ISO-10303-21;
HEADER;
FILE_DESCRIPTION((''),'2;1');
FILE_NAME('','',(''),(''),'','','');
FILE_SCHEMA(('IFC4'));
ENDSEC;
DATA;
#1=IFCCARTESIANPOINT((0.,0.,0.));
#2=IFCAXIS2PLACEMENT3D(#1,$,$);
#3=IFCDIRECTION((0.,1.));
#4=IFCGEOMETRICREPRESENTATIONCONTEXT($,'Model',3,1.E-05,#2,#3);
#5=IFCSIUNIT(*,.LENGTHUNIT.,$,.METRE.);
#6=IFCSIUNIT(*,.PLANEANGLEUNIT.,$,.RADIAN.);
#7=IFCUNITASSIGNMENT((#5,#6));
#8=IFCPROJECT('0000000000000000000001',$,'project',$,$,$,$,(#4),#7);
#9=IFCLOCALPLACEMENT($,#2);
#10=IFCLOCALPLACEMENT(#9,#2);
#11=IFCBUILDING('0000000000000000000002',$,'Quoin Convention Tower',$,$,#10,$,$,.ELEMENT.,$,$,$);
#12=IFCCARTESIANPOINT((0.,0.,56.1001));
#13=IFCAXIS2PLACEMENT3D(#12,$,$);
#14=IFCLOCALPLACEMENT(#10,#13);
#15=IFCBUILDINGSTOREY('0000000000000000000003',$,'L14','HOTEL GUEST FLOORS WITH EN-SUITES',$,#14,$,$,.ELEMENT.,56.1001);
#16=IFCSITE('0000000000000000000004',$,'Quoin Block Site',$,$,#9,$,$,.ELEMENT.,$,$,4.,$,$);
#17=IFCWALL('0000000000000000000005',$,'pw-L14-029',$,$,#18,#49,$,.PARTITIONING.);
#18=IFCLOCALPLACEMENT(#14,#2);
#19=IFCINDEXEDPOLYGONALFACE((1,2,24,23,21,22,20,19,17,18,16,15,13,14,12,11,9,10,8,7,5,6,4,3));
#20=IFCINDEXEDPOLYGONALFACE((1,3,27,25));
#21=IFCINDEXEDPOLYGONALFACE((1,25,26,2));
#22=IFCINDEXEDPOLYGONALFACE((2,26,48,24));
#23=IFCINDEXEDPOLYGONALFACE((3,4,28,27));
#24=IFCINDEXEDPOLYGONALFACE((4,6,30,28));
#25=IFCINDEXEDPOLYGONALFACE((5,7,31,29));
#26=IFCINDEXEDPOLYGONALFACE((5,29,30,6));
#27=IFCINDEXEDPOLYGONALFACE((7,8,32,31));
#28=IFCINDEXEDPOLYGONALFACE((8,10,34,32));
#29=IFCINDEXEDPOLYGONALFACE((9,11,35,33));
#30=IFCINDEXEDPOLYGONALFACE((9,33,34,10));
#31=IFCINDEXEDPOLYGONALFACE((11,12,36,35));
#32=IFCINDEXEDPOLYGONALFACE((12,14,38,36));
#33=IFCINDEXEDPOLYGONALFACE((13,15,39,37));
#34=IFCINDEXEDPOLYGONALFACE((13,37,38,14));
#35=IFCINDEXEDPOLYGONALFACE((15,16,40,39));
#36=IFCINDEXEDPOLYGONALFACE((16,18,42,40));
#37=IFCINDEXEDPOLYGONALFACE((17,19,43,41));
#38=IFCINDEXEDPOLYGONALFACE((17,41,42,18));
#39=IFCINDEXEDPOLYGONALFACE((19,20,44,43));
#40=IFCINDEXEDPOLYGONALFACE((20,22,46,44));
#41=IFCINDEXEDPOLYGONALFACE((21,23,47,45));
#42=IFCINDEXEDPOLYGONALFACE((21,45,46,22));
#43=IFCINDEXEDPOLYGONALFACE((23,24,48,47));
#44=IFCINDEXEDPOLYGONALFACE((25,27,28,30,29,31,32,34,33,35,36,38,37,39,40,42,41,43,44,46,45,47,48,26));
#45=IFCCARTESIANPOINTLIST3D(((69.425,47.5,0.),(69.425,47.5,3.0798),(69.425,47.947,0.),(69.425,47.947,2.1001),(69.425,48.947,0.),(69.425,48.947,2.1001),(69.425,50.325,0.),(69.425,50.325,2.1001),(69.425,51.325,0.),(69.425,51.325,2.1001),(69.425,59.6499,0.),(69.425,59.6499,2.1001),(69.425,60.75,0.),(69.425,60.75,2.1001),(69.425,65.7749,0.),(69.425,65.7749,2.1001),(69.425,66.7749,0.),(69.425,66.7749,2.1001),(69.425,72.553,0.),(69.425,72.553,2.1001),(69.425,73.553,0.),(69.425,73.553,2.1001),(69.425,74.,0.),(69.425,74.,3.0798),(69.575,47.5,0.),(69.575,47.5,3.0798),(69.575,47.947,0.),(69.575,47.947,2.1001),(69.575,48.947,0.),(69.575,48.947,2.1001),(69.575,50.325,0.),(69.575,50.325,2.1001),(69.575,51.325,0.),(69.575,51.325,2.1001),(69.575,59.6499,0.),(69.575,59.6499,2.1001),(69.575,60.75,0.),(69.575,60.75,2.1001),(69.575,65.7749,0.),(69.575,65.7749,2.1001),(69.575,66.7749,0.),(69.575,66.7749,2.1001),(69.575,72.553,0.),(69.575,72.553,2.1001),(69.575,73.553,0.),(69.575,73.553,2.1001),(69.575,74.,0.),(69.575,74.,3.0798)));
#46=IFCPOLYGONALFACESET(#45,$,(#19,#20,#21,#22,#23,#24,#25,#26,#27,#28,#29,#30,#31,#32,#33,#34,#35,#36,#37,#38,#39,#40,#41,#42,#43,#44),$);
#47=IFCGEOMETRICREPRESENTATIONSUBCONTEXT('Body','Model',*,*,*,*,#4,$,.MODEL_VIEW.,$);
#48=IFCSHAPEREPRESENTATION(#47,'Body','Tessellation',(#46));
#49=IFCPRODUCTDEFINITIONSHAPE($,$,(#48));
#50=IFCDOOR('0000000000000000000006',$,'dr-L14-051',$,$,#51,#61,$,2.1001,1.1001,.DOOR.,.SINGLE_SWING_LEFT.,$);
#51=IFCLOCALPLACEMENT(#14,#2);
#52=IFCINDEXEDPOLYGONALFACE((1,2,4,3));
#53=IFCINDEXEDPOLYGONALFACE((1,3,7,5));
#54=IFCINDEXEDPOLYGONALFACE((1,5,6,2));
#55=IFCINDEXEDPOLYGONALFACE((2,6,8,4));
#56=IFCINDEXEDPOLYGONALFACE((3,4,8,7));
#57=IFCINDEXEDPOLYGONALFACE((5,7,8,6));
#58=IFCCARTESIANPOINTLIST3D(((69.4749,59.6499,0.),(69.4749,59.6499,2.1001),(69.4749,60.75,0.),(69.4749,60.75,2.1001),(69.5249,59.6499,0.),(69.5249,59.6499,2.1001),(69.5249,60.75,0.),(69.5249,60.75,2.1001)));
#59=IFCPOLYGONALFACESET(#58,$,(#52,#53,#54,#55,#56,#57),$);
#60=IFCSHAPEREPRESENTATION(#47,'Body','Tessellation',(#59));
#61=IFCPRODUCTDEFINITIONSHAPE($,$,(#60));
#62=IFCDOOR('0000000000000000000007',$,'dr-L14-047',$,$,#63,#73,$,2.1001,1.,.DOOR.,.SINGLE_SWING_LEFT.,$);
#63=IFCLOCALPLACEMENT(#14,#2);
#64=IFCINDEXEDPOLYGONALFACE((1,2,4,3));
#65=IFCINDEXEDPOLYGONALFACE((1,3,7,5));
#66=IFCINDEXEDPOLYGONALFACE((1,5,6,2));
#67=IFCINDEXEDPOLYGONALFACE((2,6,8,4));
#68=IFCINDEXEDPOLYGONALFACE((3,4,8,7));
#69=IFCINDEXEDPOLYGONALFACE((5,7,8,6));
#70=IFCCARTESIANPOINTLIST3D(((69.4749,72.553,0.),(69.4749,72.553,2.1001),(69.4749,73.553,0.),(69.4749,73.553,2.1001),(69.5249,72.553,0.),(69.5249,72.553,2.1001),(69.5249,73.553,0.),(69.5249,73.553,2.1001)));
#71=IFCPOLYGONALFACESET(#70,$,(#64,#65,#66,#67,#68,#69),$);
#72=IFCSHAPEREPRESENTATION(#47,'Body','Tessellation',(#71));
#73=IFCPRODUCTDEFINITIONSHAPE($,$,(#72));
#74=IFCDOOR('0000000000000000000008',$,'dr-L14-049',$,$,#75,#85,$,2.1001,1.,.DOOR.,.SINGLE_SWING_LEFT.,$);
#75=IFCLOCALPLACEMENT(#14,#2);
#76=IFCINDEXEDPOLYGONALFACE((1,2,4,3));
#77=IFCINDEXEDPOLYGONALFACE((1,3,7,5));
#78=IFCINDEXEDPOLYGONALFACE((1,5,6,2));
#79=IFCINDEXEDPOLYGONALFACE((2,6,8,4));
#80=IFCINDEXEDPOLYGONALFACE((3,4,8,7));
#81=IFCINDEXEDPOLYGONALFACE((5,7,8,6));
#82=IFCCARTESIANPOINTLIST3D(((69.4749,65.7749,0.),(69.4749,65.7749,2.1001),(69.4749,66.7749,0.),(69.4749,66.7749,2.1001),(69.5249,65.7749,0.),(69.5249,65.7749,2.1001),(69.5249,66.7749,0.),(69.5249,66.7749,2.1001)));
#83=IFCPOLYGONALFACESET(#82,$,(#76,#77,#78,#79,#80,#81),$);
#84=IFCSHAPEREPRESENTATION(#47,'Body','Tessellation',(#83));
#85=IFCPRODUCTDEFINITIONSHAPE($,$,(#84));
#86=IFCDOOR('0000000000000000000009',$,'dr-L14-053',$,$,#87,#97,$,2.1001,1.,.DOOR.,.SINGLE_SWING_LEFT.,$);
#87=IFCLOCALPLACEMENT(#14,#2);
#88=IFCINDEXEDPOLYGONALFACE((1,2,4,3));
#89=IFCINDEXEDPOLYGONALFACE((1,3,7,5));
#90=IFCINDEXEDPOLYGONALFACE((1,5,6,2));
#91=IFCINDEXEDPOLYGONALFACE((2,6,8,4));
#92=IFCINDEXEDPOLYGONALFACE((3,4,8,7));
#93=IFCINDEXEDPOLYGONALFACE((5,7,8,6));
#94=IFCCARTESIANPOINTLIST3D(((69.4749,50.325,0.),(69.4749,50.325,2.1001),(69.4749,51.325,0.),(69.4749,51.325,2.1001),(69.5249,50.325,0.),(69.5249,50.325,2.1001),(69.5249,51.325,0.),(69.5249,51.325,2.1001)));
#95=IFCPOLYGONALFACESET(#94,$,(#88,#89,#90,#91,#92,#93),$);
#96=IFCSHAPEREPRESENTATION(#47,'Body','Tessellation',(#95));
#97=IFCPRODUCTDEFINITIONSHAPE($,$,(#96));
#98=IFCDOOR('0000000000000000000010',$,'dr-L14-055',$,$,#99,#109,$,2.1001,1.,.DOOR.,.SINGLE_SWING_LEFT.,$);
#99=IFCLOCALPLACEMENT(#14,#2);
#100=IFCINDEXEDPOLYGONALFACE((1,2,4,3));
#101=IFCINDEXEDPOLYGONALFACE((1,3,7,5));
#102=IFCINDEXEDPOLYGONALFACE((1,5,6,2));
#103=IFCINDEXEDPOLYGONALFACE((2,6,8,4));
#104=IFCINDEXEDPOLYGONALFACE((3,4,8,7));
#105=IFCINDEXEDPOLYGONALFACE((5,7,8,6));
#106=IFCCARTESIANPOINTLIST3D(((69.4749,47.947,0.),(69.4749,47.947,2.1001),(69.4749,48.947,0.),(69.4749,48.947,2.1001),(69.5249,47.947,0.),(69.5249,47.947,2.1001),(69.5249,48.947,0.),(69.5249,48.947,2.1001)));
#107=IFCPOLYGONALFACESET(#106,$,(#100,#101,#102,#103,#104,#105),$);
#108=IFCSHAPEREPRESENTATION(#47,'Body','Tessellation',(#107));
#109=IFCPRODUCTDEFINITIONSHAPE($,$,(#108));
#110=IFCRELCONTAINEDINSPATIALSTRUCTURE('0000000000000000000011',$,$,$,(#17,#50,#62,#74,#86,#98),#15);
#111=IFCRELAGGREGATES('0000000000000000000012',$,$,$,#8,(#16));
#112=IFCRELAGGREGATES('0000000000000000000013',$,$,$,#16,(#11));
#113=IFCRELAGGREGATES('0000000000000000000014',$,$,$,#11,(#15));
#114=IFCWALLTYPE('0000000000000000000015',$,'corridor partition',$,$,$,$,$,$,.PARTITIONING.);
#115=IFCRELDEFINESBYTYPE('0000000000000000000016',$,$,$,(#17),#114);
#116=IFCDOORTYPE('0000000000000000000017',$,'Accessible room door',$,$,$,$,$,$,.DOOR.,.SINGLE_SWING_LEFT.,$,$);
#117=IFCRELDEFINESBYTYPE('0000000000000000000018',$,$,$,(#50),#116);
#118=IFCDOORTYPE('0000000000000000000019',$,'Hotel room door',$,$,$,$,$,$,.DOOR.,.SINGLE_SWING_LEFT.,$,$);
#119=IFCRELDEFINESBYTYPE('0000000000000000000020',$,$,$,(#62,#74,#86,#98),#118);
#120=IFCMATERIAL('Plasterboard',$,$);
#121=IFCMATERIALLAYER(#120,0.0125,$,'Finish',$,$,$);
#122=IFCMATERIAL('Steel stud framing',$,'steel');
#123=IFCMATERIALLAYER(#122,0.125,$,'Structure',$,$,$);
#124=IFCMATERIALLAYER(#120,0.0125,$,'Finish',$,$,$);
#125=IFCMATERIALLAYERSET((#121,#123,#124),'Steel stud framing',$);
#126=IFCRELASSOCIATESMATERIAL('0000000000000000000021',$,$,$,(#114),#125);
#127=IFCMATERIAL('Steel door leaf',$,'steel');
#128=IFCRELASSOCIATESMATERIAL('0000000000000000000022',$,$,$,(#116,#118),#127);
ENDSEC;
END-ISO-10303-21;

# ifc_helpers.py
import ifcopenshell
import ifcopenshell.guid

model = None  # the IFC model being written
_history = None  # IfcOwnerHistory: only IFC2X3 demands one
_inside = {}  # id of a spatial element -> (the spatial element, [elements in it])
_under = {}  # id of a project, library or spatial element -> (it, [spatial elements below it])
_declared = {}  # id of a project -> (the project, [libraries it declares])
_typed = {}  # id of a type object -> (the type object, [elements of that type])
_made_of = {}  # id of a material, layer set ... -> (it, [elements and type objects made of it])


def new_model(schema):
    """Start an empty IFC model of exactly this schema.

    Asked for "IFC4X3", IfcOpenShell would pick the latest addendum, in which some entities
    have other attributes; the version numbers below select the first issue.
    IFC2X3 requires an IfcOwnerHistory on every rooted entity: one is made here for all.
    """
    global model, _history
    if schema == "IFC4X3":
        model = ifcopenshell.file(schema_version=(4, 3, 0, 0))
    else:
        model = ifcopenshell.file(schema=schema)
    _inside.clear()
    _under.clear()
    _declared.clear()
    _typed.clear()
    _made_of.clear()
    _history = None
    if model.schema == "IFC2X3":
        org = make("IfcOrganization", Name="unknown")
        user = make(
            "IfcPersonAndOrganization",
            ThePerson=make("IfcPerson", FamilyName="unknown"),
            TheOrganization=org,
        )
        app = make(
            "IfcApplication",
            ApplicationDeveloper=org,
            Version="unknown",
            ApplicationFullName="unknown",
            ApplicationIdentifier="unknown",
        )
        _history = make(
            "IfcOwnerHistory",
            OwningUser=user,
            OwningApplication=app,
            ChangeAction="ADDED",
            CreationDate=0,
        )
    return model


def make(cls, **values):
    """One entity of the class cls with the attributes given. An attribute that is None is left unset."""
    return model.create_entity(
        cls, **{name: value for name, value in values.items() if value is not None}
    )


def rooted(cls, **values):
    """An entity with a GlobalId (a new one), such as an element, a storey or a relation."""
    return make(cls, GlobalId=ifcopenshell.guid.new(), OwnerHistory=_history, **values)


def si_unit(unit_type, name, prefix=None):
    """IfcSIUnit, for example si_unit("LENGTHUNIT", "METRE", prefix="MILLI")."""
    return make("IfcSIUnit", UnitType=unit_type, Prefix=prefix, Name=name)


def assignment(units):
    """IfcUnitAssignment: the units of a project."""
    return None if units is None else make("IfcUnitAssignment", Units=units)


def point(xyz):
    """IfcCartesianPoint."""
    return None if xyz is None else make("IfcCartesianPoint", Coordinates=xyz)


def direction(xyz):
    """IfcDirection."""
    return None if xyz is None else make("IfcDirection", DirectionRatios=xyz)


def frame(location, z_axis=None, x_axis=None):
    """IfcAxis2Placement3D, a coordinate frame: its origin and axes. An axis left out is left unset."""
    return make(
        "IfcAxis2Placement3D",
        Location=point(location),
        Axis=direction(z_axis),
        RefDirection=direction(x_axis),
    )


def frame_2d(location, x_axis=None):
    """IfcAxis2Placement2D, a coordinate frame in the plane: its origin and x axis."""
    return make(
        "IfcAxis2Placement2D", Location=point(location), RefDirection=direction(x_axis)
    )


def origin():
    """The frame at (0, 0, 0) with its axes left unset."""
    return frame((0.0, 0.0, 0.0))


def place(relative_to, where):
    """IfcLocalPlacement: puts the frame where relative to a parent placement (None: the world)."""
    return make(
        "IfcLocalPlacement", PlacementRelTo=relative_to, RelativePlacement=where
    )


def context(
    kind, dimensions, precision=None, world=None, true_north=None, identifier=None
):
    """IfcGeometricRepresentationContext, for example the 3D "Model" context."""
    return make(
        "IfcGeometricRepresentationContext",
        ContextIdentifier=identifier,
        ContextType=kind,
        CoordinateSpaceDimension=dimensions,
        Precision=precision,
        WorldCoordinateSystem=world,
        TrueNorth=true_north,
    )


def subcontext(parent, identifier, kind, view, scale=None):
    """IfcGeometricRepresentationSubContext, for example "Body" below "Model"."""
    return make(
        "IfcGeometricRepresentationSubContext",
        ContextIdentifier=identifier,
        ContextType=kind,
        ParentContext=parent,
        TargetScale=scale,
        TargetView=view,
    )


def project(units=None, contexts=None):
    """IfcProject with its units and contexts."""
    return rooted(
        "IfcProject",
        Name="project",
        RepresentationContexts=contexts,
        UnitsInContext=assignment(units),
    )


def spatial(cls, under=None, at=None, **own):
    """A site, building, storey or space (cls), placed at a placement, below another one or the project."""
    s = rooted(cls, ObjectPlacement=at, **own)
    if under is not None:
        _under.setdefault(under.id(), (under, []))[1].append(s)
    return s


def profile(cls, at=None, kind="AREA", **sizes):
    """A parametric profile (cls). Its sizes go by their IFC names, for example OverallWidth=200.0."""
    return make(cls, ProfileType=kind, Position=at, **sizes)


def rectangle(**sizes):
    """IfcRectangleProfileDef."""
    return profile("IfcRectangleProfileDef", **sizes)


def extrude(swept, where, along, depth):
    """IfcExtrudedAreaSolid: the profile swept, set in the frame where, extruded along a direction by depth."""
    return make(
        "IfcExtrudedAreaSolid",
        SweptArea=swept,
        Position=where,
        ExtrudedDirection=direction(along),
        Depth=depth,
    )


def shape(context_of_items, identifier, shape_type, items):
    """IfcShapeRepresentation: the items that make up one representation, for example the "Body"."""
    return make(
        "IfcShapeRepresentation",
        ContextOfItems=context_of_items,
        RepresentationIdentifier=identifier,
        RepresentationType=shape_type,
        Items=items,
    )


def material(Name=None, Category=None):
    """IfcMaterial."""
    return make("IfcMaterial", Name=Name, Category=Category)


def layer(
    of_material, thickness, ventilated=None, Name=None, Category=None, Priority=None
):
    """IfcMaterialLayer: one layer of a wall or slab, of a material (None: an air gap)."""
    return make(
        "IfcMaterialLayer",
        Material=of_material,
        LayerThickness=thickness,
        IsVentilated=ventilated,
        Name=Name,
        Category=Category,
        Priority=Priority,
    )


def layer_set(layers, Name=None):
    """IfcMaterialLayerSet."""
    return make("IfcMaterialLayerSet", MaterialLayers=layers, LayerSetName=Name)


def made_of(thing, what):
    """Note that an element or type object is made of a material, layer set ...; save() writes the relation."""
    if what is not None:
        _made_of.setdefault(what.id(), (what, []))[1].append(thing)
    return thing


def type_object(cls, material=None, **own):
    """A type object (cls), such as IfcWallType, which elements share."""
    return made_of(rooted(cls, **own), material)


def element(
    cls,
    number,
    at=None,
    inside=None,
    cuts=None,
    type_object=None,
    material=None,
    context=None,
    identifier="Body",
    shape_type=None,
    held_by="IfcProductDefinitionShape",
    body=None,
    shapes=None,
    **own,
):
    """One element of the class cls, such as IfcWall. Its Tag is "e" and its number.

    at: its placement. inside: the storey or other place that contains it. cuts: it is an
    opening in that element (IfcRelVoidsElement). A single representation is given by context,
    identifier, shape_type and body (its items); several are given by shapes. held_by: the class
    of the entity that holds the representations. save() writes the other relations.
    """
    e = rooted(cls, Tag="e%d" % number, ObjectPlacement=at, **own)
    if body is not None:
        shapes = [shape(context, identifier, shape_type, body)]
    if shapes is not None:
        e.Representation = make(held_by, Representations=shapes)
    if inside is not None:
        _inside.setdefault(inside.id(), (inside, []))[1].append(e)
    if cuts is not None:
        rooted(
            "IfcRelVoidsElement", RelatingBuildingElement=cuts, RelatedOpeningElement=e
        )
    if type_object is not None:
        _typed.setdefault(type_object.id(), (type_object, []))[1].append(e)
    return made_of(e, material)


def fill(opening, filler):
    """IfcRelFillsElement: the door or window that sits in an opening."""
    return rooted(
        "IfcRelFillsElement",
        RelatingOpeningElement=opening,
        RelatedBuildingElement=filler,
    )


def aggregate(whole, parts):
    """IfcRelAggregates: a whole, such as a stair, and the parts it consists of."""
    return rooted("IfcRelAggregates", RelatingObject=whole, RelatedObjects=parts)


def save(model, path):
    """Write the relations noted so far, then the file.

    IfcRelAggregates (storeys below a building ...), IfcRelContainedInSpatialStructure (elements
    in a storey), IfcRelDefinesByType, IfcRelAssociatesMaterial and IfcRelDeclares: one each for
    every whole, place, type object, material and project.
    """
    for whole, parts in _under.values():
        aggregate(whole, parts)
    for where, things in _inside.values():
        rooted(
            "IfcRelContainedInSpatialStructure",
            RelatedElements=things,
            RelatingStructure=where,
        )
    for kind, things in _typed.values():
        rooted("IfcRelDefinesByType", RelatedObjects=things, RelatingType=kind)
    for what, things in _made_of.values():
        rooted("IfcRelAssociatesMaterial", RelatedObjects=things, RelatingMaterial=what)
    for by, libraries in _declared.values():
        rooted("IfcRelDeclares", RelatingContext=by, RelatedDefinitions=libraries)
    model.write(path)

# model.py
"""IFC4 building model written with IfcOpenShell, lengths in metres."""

from ifc_helpers import new_model, si_unit, direction, frame, frame_2d, origin, place, context, subcontext, project, spatial, rectangle, extrude, material, layer, layer_set, type_object, element, fill, save


model = new_model("IFC4")

# Units and contexts
model_context = context("Model", 3, precision=1e-05, world=origin(), true_north=direction((0.0, 1.0)))
body_context = subcontext(model_context, "Body", "Model", "MODEL_VIEW")
ifc_project = project(units=[si_unit("LENGTHUNIT", "METRE"), si_unit("PLANEANGLEUNIT", "RADIAN")], contexts=[model_context])

# Site, building, storey
site_placement = place(None, origin())
site = spatial("IfcSite", under=ifc_project, at=site_placement, Name="Quoin Block Site", CompositionType="ELEMENT", RefElevation=4.0)
building_placement = place(site_placement, origin())
building = spatial("IfcBuilding", under=site, at=building_placement, Name="Quoin Convention Tower", CompositionType="ELEMENT")
storey_placement = place(building_placement, frame((0.0, 0.0, 56.1001)))
storey = spatial("IfcBuildingStorey", under=building, at=storey_placement, Name="L14", Description="HOTEL GUEST FLOORS WITH EN-SUITES", CompositionType="ELEMENT", Elevation=56.1001)

# Shared definitions
ifc_material_1 = material(Name="Plasterboard")
ifc_material_2 = material(Name="Steel stud framing", Category="steel")

# Shared definitions
ifc_material_3 = material(Name="Steel door leaf", Category="steel")

# Wall, openings, doors
ifc_layer_1 = layer(ifc_material_1, 0.0125, Name="Finish")
ifc_layer_2 = layer(ifc_material_2, 0.125, Name="Structure")
ifc_layer_3 = layer(ifc_material_1, 0.0125, Name="Finish")
ifc_layer_set_1 = layer_set([ifc_layer_1, ifc_layer_2, ifc_layer_3], Name="Steel stud framing")
wall_type_1 = type_object("IfcWallType", Name="corridor partition", PredefinedType="PARTITIONING", material=ifc_layer_set_1)
wall_1_placement = place(storey_placement, frame((69.5, 47.5, 0.0), z_axis=(0.0, 0.0, 1.0), x_axis=(0.0, 1.0, 0.0)))
wall_1 = element("IfcWall", 1, at=wall_1_placement, inside=storey, type_object=wall_type_1, Name="pw-L14-029", PredefinedType="PARTITIONING", context=body_context, shape_type="SweptSolid", body=[
    extrude(rectangle(XDim=26.5, YDim=0.1499, at=frame_2d((13.25, 0.0))), origin(), (0.0, 0.0, 1.0), 3.0798),
])
opening_1_placement = place(wall_1_placement, frame((25.053, 0.0, 0.0)))
opening_1 = element("IfcOpeningElement", 2, at=opening_1_placement, cuts=wall_1, PredefinedType="OPENING", context=body_context, shape_type="SweptSolid", body=[
    extrude(rectangle(XDim=1.0, YDim=2.1001, at=frame_2d((0.5, 1.05))), frame((0.0, 0.085, 0.0), z_axis=(0.0, -1.0, 0.0), x_axis=(1.0, 0.0, 0.0)), (0.0, 0.0, 1.0), 0.1699),
])
opening_2_placement = place(wall_1_placement, frame((18.2749, 0.0, 0.0)))
opening_2 = element("IfcOpeningElement", 3, at=opening_2_placement, cuts=wall_1, PredefinedType="OPENING", context=body_context, shape_type="SweptSolid", body=[
    extrude(rectangle(XDim=1.0, YDim=2.1001, at=frame_2d((0.5, 1.05))), frame((0.0, 0.085, 0.0), z_axis=(0.0, -1.0, 0.0), x_axis=(1.0, 0.0, 0.0)), (0.0, 0.0, 1.0), 0.1699),
])
opening_3_placement = place(wall_1_placement, frame((12.1499, 0.0, 0.0)))
opening_3 = element("IfcOpeningElement", 4, at=opening_3_placement, cuts=wall_1, PredefinedType="OPENING", context=body_context, shape_type="SweptSolid", body=[
    extrude(rectangle(XDim=1.1001, YDim=2.1001, at=frame_2d((0.55, 1.05))), frame((0.0, 0.085, 0.0), z_axis=(0.0, -1.0, 0.0), x_axis=(1.0, 0.0, 0.0)), (0.0, 0.0, 1.0), 0.1699),
])
opening_4_placement = place(wall_1_placement, frame((2.825, 0.0, 0.0)))
opening_4 = element("IfcOpeningElement", 5, at=opening_4_placement, cuts=wall_1, PredefinedType="OPENING", context=body_context, shape_type="SweptSolid", body=[
    extrude(rectangle(XDim=1.0, YDim=2.1001, at=frame_2d((0.5, 1.05))), frame((0.0, 0.085, 0.0), z_axis=(0.0, -1.0, 0.0), x_axis=(1.0, 0.0, 0.0)), (0.0, 0.0, 1.0), 0.1699),
])
opening_5_placement = place(wall_1_placement, frame((0.447, 0.0, 0.0)))
opening_5 = element("IfcOpeningElement", 6, at=opening_5_placement, cuts=wall_1, PredefinedType="OPENING", context=body_context, shape_type="SweptSolid", body=[
    extrude(rectangle(XDim=1.0, YDim=2.1001, at=frame_2d((0.5, 1.05))), frame((0.0, 0.085, 0.0), z_axis=(0.0, -1.0, 0.0), x_axis=(1.0, 0.0, 0.0)), (0.0, 0.0, 1.0), 0.1699),
])
door_type_1 = type_object("IfcDoorType", Name="Accessible room door", OperationType="SINGLE_SWING_LEFT", PredefinedType="DOOR", material=ifc_material_3)
door_1_placement = place(opening_3_placement, frame((1.1001, 0.0, 0.0), z_axis=(0.0, 0.0, 1.0), x_axis=(-1.0, 0.0, 0.0)))
door_1 = element("IfcDoor", 7, at=door_1_placement, inside=storey, type_object=door_type_1, Name="dr-L14-051", OperationType="SINGLE_SWING_LEFT", OverallHeight=2.1001, OverallWidth=1.1001, PredefinedType="DOOR", context=body_context, shape_type="SweptSolid", body=[
    extrude(rectangle(XDim=1.1001, YDim=2.1001, at=frame_2d((0.55, 1.05))), frame((0.0, 0.0249, 0.0), z_axis=(0.0, -1.0, 0.0), x_axis=(1.0, 0.0, 0.0)), (0.0, 0.0, 1.0), 0.05),
])
fill(opening_3, door_1)
door_type_2 = type_object("IfcDoorType", Name="Hotel room door", OperationType="SINGLE_SWING_LEFT", PredefinedType="DOOR", material=ifc_material_3)
door_2_placement = place(opening_1_placement, frame((1.0, 0.0, 0.0), z_axis=(0.0, 0.0, 1.0), x_axis=(-1.0, 0.0, 0.0)))
door_2 = element("IfcDoor", 8, at=door_2_placement, inside=storey, type_object=door_type_2, Name="dr-L14-047", OperationType="SINGLE_SWING_LEFT", OverallHeight=2.1001, OverallWidth=1.0, PredefinedType="DOOR", context=body_context, shape_type="SweptSolid", body=[
    extrude(rectangle(XDim=1.0, YDim=2.1001, at=frame_2d((0.5, 1.05))), frame((0.0, 0.0249, 0.0), z_axis=(0.0, -1.0, 0.0), x_axis=(1.0, 0.0, 0.0)), (0.0, 0.0, 1.0), 0.05),
])
fill(opening_1, door_2)
door_3_placement = place(opening_2_placement, frame((1.0, 0.0, 0.0), z_axis=(0.0, 0.0, 1.0), x_axis=(-1.0, 0.0, 0.0)))
door_3 = element("IfcDoor", 9, at=door_3_placement, inside=storey, type_object=door_type_2, Name="dr-L14-049", OperationType="SINGLE_SWING_LEFT", OverallHeight=2.1001, OverallWidth=1.0, PredefinedType="DOOR", context=body_context, shape_type="SweptSolid", body=[
    extrude(rectangle(XDim=1.0, YDim=2.1001, at=frame_2d((0.5, 1.05))), frame((0.0, 0.0249, 0.0), z_axis=(0.0, -1.0, 0.0), x_axis=(1.0, 0.0, 0.0)), (0.0, 0.0, 1.0), 0.05),
])
fill(opening_2, door_3)
door_4_placement = place(opening_4_placement, frame((1.0, 0.0, 0.0), z_axis=(0.0, 0.0, 1.0), x_axis=(-1.0, 0.0, 0.0)))
door_4 = element("IfcDoor", 10, at=door_4_placement, inside=storey, type_object=door_type_2, Name="dr-L14-053", OperationType="SINGLE_SWING_LEFT", OverallHeight=2.1001, OverallWidth=1.0, PredefinedType="DOOR", context=body_context, shape_type="SweptSolid", body=[
    extrude(rectangle(XDim=1.0, YDim=2.1001, at=frame_2d((0.5, 1.05))), frame((0.0, 0.0249, 0.0), z_axis=(0.0, -1.0, 0.0), x_axis=(1.0, 0.0, 0.0)), (0.0, 0.0, 1.0), 0.05),
])
fill(opening_4, door_4)
door_5_placement = place(opening_5_placement, frame((1.0, 0.0, 0.0), z_axis=(0.0, 0.0, 1.0), x_axis=(-1.0, 0.0, 0.0)))
door_5 = element("IfcDoor", 11, at=door_5_placement, inside=storey, type_object=door_type_2, Name="dr-L14-055", OperationType="SINGLE_SWING_LEFT", OverallHeight=2.1001, OverallWidth=1.0, PredefinedType="DOOR", context=body_context, shape_type="SweptSolid", body=[
    extrude(rectangle(XDim=1.0, YDim=2.1001, at=frame_2d((0.5, 1.05))), frame((0.0, 0.0249, 0.0), z_axis=(0.0, -1.0, 0.0), x_axis=(1.0, 0.0, 0.0)), (0.0, 0.0, 1.0), 0.05),
])
fill(opening_5, door_5)

save(model, "model.ifc")
